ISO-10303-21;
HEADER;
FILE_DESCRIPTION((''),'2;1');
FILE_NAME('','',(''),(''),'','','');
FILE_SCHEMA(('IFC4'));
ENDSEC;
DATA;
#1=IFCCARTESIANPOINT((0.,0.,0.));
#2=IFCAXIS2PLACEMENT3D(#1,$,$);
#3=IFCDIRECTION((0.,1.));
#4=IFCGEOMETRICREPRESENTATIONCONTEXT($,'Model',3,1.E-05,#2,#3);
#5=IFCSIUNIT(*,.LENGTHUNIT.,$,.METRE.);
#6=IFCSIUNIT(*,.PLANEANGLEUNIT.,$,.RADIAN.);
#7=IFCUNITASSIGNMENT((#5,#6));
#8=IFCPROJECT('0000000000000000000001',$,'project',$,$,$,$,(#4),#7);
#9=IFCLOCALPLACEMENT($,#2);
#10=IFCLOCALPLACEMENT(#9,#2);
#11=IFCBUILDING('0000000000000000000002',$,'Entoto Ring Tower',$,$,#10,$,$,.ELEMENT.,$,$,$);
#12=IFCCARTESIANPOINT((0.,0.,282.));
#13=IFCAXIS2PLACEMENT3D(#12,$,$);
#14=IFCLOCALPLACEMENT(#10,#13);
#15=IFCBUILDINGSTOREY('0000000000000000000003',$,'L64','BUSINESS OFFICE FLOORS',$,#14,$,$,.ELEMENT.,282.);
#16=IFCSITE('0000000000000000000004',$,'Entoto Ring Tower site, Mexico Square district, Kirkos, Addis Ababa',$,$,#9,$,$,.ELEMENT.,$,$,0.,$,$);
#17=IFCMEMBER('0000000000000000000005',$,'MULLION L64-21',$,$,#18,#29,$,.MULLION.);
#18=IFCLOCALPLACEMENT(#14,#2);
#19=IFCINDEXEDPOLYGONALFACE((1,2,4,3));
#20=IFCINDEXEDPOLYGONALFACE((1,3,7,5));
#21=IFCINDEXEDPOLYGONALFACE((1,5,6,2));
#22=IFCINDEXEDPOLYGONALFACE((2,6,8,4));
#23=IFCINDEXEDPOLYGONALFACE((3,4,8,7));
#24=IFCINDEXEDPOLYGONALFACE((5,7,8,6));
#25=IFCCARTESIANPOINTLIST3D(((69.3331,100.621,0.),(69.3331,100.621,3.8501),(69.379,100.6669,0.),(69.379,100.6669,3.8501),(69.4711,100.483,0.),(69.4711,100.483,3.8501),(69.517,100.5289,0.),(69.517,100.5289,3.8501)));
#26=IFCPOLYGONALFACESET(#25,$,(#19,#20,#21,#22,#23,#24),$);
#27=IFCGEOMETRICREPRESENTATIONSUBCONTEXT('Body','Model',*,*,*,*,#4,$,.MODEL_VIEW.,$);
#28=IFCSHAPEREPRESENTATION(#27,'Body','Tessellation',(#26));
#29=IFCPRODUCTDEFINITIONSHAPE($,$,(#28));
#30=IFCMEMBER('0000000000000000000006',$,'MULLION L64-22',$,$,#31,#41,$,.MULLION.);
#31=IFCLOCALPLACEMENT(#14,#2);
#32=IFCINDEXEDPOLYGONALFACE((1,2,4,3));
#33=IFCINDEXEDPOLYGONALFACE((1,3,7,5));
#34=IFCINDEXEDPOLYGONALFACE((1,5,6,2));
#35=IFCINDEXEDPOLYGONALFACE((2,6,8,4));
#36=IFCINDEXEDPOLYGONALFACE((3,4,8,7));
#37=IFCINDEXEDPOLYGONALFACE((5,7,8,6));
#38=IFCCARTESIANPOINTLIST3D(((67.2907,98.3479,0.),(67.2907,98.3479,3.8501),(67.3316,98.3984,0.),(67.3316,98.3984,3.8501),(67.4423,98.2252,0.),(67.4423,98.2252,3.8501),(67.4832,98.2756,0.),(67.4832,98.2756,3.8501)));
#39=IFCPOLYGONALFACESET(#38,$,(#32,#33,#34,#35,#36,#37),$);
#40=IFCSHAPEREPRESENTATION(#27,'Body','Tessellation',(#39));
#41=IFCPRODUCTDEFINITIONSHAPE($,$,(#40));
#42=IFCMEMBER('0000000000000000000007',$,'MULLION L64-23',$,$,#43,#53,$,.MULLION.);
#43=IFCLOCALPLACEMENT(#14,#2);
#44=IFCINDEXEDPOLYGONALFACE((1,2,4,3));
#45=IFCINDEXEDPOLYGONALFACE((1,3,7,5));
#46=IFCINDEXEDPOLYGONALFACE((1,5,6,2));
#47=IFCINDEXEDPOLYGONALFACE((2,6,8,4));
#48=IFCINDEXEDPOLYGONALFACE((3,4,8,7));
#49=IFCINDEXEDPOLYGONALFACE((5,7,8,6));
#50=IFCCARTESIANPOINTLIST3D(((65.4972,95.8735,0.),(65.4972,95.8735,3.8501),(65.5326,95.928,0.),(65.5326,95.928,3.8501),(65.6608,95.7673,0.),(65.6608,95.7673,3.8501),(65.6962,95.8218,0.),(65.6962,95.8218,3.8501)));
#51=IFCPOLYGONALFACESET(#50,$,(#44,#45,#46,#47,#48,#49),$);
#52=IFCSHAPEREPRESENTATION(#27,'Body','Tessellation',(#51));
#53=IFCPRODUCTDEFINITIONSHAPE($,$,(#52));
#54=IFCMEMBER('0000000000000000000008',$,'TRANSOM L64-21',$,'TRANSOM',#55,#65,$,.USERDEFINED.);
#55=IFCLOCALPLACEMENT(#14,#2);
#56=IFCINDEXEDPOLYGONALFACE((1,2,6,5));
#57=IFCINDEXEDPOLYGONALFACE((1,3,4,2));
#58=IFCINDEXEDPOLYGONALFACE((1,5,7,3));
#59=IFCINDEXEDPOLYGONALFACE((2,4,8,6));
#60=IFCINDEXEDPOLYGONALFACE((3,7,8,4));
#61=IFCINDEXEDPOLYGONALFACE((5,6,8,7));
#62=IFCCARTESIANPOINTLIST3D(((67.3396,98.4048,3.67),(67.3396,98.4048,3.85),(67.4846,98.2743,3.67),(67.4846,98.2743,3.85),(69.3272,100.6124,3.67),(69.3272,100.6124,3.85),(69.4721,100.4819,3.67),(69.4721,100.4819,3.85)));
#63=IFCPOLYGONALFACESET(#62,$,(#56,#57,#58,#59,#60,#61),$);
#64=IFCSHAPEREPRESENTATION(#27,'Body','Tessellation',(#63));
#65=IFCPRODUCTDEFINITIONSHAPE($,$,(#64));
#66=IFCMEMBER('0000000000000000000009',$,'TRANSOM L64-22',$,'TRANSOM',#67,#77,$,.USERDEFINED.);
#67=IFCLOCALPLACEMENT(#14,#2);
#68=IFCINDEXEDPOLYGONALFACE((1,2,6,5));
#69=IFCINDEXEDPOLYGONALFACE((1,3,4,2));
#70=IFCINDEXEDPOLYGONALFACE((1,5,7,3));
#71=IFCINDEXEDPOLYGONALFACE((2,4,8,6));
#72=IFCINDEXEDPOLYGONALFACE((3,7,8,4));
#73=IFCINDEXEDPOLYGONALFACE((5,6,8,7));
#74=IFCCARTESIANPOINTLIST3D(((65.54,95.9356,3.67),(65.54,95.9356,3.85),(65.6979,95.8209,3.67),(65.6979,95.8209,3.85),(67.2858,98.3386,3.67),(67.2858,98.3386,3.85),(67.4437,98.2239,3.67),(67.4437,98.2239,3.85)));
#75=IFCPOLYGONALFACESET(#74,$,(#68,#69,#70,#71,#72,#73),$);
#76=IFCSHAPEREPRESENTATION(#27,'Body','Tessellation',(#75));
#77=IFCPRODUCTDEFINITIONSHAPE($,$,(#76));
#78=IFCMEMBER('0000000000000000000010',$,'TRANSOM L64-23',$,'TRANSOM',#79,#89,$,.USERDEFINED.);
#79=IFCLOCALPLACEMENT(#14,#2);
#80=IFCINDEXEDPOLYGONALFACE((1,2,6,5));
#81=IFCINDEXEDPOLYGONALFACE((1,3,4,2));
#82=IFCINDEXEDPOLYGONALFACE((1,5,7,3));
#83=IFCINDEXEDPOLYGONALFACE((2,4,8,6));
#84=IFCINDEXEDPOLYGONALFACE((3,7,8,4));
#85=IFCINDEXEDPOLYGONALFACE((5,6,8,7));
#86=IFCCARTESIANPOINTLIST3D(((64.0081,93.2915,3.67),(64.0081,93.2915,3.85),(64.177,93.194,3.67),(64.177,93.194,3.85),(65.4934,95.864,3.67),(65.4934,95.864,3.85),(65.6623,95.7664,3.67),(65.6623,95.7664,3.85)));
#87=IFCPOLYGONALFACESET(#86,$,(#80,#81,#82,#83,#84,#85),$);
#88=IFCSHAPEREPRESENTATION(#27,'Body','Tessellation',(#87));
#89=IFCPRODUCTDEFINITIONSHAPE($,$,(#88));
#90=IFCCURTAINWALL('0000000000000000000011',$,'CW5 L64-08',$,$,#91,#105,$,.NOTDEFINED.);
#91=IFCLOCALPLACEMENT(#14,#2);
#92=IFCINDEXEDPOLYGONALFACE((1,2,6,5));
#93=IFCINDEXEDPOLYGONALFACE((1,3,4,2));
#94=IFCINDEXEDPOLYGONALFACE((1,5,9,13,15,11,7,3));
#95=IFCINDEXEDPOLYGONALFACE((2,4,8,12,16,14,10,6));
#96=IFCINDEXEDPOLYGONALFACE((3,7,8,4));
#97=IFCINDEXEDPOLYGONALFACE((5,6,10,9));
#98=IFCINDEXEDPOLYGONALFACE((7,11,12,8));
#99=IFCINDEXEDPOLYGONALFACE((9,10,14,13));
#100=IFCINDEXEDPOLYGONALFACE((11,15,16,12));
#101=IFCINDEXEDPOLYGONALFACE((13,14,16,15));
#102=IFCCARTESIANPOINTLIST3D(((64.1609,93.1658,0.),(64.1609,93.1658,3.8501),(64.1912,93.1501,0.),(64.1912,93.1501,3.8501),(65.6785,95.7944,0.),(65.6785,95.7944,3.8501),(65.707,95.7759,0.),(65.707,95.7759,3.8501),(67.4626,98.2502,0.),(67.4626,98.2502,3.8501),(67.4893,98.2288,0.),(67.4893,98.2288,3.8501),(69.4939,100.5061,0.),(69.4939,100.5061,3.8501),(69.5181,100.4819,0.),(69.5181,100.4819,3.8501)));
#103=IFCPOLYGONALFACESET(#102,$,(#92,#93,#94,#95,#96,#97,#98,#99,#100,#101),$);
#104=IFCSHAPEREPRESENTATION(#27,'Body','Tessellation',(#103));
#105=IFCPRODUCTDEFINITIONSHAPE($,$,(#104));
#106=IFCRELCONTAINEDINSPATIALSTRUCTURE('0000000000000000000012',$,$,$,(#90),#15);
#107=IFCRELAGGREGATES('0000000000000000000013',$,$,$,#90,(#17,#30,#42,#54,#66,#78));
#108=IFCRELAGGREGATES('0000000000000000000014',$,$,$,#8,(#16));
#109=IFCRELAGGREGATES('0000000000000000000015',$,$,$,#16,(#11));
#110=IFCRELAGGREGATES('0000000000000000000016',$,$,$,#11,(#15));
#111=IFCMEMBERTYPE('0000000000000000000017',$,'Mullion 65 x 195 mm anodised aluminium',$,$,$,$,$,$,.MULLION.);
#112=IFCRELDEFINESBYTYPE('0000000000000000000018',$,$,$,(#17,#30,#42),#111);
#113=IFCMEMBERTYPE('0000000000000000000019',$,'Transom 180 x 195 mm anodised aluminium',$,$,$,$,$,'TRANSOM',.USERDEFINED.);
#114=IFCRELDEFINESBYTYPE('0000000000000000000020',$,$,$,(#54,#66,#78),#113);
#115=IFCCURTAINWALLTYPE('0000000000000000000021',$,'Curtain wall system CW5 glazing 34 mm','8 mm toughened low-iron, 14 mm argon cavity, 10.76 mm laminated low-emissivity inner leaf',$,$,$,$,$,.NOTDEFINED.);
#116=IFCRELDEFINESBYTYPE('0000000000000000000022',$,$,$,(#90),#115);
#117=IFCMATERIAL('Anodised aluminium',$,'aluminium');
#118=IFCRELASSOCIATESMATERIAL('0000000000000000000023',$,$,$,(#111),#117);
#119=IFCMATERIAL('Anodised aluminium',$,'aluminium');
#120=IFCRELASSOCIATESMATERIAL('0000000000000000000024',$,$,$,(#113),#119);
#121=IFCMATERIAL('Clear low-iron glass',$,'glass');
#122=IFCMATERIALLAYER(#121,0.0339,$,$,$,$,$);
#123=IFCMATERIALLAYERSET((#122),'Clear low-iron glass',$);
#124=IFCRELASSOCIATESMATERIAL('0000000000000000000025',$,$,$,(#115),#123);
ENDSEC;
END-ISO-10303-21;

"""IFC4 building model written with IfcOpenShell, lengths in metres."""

from ifc_helpers import new_model, si_unit, direction, frame, origin, origin_2d, place, context, subcontext, project, spatial, polyline, rectangle, outline, extrude, material, layer, layer_set, material_profile, profile_set, type_object, element, aggregate, save


model = new_model("IFC4")

# Units and contexts
model_context = context("Model", 3, precision=1e-05, world=origin(), true_north=direction((0.0, 1.0)))
body_context = subcontext(model_context, "Body", "Model", "MODEL_VIEW")
ifc_project = project(units=[si_unit("LENGTHUNIT", "METRE"), si_unit("PLANEANGLEUNIT", "RADIAN")], contexts=[model_context])

# Members
ifc_material_1 = material(Name="Anodised aluminium", Category="aluminium")
ifc_material_profile_1 = material_profile(ifc_material_1, rectangle(XDim=0.0649, YDim=0.1951, at=origin_2d()), Name="Mullion 65 x 195 mm anodised aluminium")
ifc_profile_set_1 = profile_set([ifc_material_profile_1], Name="Anodised aluminium")
member_type_1 = type_object("IfcMemberType", Name="Mullion 65 x 195 mm anodised aluminium", PredefinedType="MULLION", material=ifc_profile_set_1)
site_placement = place(None, origin())
building_placement = place(site_placement, origin())
storey_placement = place(building_placement, frame((0.0, 0.0, 282.0)))
member_1_placement = place(storey_placement, frame((69.425, 100.575, 0.0), z_axis=(0.0, 0.0, 1.0), x_axis=(-0.707107, -0.707107, 0.0)))
member_1 = element("IfcMember", 1, at=member_1_placement, type_object=member_type_1, Name="MULLION L64-21", PredefinedType="MULLION", context=body_context, shape_type="SweptSolid", body=[
    extrude(rectangle(XDim=0.0649, YDim=0.1951, at=origin_2d()), origin(), (0.0, 0.0, 1.0), 3.8501),
])
member_2_placement = place(storey_placement, frame((67.387, 98.3118, 0.0), z_axis=(0.0, 0.0, 1.0), x_axis=(-0.62932, -0.777146, 0.0)))
member_2 = element("IfcMember", 2, at=member_2_placement, type_object=member_type_1, Name="MULLION L64-22", PredefinedType="MULLION", context=body_context, shape_type="SweptSolid", body=[
    extrude(rectangle(XDim=0.0649, YDim=0.1951, at=origin_2d()), origin(), (0.0, 0.0, 1.0), 3.8501),
])
member_3_placement = place(storey_placement, frame((65.5967, 95.8477, 0.0), z_axis=(0.0, 0.0, 1.0), x_axis=(-0.544639, -0.838671, 0.0)))
member_3 = element("IfcMember", 3, at=member_3_placement, type_object=member_type_1, Name="MULLION L64-23", PredefinedType="MULLION", context=body_context, shape_type="SweptSolid", body=[
    extrude(rectangle(XDim=0.0649, YDim=0.1951, at=origin_2d()), origin(), (0.0, 0.0, 1.0), 3.8501),
])
ifc_material_2 = material(Name="Anodised aluminium", Category="aluminium")
ifc_material_profile_2 = material_profile(ifc_material_2, rectangle(XDim=0.1951, YDim=0.1799, at=origin_2d()), Name="Transom 180 x 195 mm anodised aluminium")
ifc_profile_set_2 = profile_set([ifc_material_profile_2], Name="Anodised aluminium")
member_type_2 = type_object("IfcMemberType", Name="Transom 180 x 195 mm anodised aluminium", ElementType="TRANSOM", PredefinedType="USERDEFINED", material=ifc_profile_set_2)
member_4_placement = place(storey_placement, frame((69.3997, 100.5471, 3.76), z_axis=(-0.66911, -0.743163, 0.0), x_axis=(0.743163, -0.66911, 0.0)))
member_4 = element("IfcMember", 4, at=member_4_placement, type_object=member_type_2, Name="TRANSOM L64-21", ObjectType="TRANSOM", PredefinedType="USERDEFINED", context=body_context, shape_type="SweptSolid", body=[
    extrude(rectangle(XDim=0.1951, YDim=0.1799, at=origin_2d()), origin(), (0.0, 0.0, 1.0), 2.9705),
])
member_5_placement = place(storey_placement, frame((67.3647, 98.2812, 3.76), z_axis=(-0.587766, -0.809031, 0.0), x_axis=(0.809031, -0.587766, 0.0)))
member_5 = element("IfcMember", 5, at=member_5_placement, type_object=member_type_2, Name="TRANSOM L64-22", ObjectType="TRANSOM", PredefinedType="USERDEFINED", context=body_context, shape_type="SweptSolid", body=[
    extrude(rectangle(XDim=0.1951, YDim=0.1799, at=origin_2d()), origin(), (0.0, 0.0, 1.0), 2.9702),
])
member_6_placement = place(storey_placement, frame((65.5779, 95.8152, 3.76), z_axis=(-0.500028, -0.866009, 0.0), x_axis=(0.866009, -0.500028, 0.0)))
member_6 = element("IfcMember", 6, at=member_6_placement, type_object=member_type_2, Name="TRANSOM L64-23", ObjectType="TRANSOM", PredefinedType="USERDEFINED", context=body_context, shape_type="SweptSolid", body=[
    extrude(rectangle(XDim=0.1951, YDim=0.1799, at=origin_2d()), origin(), (0.0, 0.0, 1.0), 2.9705),
])

# Site, building, storey
site = spatial("IfcSite", under=ifc_project, at=site_placement, Name="Entoto Ring Tower site, Mexico Square district, Kirkos, Addis Ababa", CompositionType="ELEMENT", RefElevation=0.0)
building = spatial("IfcBuilding", under=site, at=building_placement, Name="Entoto Ring Tower", CompositionType="ELEMENT")
storey = spatial("IfcBuildingStorey", under=building, at=storey_placement, Name="L64", Description="BUSINESS OFFICE FLOORS", CompositionType="ELEMENT", Elevation=282.0)

# Curtain wall
ifc_material_3 = material(Name="Clear low-iron glass", Category="glass")
ifc_layer = layer(ifc_material_3, 0.0339)
ifc_layer_set = layer_set([ifc_layer], Name="Clear low-iron glass")
curtain_wall_type = type_object("IfcCurtainWallType", Name="Curtain wall system CW5 glazing 34 mm", Description="8 mm toughened low-iron, 14 mm argon cavity, 10.76 mm laminated low-emissivity inner leaf", PredefinedType="NOTDEFINED", material=ifc_layer_set)
curtain_wall_1_placement = place(storey_placement, origin())
curtain_wall_1 = element("IfcCurtainWall", 7, at=curtain_wall_1_placement, inside=storey, type_object=curtain_wall_type, Name="CW5 L64-08", PredefinedType="NOTDEFINED", context=body_context, shape_type="SweptSolid", body=[
    extrude(outline(polyline([(69.4939, 100.5061), (67.4626, 98.2502), (65.6785, 95.7944), (64.1609, 93.1658), (64.1912, 93.1501), (65.707, 95.7759), (67.4893, 98.2288), (69.5181, 100.4819), (69.4939, 100.5061)])), origin(), (0.0, 0.0, 1.0), 3.8501),
])
aggregate(curtain_wall_1, [member_1, member_2, member_3, member_4, member_5, member_6])

save(model, "model.ifc")
